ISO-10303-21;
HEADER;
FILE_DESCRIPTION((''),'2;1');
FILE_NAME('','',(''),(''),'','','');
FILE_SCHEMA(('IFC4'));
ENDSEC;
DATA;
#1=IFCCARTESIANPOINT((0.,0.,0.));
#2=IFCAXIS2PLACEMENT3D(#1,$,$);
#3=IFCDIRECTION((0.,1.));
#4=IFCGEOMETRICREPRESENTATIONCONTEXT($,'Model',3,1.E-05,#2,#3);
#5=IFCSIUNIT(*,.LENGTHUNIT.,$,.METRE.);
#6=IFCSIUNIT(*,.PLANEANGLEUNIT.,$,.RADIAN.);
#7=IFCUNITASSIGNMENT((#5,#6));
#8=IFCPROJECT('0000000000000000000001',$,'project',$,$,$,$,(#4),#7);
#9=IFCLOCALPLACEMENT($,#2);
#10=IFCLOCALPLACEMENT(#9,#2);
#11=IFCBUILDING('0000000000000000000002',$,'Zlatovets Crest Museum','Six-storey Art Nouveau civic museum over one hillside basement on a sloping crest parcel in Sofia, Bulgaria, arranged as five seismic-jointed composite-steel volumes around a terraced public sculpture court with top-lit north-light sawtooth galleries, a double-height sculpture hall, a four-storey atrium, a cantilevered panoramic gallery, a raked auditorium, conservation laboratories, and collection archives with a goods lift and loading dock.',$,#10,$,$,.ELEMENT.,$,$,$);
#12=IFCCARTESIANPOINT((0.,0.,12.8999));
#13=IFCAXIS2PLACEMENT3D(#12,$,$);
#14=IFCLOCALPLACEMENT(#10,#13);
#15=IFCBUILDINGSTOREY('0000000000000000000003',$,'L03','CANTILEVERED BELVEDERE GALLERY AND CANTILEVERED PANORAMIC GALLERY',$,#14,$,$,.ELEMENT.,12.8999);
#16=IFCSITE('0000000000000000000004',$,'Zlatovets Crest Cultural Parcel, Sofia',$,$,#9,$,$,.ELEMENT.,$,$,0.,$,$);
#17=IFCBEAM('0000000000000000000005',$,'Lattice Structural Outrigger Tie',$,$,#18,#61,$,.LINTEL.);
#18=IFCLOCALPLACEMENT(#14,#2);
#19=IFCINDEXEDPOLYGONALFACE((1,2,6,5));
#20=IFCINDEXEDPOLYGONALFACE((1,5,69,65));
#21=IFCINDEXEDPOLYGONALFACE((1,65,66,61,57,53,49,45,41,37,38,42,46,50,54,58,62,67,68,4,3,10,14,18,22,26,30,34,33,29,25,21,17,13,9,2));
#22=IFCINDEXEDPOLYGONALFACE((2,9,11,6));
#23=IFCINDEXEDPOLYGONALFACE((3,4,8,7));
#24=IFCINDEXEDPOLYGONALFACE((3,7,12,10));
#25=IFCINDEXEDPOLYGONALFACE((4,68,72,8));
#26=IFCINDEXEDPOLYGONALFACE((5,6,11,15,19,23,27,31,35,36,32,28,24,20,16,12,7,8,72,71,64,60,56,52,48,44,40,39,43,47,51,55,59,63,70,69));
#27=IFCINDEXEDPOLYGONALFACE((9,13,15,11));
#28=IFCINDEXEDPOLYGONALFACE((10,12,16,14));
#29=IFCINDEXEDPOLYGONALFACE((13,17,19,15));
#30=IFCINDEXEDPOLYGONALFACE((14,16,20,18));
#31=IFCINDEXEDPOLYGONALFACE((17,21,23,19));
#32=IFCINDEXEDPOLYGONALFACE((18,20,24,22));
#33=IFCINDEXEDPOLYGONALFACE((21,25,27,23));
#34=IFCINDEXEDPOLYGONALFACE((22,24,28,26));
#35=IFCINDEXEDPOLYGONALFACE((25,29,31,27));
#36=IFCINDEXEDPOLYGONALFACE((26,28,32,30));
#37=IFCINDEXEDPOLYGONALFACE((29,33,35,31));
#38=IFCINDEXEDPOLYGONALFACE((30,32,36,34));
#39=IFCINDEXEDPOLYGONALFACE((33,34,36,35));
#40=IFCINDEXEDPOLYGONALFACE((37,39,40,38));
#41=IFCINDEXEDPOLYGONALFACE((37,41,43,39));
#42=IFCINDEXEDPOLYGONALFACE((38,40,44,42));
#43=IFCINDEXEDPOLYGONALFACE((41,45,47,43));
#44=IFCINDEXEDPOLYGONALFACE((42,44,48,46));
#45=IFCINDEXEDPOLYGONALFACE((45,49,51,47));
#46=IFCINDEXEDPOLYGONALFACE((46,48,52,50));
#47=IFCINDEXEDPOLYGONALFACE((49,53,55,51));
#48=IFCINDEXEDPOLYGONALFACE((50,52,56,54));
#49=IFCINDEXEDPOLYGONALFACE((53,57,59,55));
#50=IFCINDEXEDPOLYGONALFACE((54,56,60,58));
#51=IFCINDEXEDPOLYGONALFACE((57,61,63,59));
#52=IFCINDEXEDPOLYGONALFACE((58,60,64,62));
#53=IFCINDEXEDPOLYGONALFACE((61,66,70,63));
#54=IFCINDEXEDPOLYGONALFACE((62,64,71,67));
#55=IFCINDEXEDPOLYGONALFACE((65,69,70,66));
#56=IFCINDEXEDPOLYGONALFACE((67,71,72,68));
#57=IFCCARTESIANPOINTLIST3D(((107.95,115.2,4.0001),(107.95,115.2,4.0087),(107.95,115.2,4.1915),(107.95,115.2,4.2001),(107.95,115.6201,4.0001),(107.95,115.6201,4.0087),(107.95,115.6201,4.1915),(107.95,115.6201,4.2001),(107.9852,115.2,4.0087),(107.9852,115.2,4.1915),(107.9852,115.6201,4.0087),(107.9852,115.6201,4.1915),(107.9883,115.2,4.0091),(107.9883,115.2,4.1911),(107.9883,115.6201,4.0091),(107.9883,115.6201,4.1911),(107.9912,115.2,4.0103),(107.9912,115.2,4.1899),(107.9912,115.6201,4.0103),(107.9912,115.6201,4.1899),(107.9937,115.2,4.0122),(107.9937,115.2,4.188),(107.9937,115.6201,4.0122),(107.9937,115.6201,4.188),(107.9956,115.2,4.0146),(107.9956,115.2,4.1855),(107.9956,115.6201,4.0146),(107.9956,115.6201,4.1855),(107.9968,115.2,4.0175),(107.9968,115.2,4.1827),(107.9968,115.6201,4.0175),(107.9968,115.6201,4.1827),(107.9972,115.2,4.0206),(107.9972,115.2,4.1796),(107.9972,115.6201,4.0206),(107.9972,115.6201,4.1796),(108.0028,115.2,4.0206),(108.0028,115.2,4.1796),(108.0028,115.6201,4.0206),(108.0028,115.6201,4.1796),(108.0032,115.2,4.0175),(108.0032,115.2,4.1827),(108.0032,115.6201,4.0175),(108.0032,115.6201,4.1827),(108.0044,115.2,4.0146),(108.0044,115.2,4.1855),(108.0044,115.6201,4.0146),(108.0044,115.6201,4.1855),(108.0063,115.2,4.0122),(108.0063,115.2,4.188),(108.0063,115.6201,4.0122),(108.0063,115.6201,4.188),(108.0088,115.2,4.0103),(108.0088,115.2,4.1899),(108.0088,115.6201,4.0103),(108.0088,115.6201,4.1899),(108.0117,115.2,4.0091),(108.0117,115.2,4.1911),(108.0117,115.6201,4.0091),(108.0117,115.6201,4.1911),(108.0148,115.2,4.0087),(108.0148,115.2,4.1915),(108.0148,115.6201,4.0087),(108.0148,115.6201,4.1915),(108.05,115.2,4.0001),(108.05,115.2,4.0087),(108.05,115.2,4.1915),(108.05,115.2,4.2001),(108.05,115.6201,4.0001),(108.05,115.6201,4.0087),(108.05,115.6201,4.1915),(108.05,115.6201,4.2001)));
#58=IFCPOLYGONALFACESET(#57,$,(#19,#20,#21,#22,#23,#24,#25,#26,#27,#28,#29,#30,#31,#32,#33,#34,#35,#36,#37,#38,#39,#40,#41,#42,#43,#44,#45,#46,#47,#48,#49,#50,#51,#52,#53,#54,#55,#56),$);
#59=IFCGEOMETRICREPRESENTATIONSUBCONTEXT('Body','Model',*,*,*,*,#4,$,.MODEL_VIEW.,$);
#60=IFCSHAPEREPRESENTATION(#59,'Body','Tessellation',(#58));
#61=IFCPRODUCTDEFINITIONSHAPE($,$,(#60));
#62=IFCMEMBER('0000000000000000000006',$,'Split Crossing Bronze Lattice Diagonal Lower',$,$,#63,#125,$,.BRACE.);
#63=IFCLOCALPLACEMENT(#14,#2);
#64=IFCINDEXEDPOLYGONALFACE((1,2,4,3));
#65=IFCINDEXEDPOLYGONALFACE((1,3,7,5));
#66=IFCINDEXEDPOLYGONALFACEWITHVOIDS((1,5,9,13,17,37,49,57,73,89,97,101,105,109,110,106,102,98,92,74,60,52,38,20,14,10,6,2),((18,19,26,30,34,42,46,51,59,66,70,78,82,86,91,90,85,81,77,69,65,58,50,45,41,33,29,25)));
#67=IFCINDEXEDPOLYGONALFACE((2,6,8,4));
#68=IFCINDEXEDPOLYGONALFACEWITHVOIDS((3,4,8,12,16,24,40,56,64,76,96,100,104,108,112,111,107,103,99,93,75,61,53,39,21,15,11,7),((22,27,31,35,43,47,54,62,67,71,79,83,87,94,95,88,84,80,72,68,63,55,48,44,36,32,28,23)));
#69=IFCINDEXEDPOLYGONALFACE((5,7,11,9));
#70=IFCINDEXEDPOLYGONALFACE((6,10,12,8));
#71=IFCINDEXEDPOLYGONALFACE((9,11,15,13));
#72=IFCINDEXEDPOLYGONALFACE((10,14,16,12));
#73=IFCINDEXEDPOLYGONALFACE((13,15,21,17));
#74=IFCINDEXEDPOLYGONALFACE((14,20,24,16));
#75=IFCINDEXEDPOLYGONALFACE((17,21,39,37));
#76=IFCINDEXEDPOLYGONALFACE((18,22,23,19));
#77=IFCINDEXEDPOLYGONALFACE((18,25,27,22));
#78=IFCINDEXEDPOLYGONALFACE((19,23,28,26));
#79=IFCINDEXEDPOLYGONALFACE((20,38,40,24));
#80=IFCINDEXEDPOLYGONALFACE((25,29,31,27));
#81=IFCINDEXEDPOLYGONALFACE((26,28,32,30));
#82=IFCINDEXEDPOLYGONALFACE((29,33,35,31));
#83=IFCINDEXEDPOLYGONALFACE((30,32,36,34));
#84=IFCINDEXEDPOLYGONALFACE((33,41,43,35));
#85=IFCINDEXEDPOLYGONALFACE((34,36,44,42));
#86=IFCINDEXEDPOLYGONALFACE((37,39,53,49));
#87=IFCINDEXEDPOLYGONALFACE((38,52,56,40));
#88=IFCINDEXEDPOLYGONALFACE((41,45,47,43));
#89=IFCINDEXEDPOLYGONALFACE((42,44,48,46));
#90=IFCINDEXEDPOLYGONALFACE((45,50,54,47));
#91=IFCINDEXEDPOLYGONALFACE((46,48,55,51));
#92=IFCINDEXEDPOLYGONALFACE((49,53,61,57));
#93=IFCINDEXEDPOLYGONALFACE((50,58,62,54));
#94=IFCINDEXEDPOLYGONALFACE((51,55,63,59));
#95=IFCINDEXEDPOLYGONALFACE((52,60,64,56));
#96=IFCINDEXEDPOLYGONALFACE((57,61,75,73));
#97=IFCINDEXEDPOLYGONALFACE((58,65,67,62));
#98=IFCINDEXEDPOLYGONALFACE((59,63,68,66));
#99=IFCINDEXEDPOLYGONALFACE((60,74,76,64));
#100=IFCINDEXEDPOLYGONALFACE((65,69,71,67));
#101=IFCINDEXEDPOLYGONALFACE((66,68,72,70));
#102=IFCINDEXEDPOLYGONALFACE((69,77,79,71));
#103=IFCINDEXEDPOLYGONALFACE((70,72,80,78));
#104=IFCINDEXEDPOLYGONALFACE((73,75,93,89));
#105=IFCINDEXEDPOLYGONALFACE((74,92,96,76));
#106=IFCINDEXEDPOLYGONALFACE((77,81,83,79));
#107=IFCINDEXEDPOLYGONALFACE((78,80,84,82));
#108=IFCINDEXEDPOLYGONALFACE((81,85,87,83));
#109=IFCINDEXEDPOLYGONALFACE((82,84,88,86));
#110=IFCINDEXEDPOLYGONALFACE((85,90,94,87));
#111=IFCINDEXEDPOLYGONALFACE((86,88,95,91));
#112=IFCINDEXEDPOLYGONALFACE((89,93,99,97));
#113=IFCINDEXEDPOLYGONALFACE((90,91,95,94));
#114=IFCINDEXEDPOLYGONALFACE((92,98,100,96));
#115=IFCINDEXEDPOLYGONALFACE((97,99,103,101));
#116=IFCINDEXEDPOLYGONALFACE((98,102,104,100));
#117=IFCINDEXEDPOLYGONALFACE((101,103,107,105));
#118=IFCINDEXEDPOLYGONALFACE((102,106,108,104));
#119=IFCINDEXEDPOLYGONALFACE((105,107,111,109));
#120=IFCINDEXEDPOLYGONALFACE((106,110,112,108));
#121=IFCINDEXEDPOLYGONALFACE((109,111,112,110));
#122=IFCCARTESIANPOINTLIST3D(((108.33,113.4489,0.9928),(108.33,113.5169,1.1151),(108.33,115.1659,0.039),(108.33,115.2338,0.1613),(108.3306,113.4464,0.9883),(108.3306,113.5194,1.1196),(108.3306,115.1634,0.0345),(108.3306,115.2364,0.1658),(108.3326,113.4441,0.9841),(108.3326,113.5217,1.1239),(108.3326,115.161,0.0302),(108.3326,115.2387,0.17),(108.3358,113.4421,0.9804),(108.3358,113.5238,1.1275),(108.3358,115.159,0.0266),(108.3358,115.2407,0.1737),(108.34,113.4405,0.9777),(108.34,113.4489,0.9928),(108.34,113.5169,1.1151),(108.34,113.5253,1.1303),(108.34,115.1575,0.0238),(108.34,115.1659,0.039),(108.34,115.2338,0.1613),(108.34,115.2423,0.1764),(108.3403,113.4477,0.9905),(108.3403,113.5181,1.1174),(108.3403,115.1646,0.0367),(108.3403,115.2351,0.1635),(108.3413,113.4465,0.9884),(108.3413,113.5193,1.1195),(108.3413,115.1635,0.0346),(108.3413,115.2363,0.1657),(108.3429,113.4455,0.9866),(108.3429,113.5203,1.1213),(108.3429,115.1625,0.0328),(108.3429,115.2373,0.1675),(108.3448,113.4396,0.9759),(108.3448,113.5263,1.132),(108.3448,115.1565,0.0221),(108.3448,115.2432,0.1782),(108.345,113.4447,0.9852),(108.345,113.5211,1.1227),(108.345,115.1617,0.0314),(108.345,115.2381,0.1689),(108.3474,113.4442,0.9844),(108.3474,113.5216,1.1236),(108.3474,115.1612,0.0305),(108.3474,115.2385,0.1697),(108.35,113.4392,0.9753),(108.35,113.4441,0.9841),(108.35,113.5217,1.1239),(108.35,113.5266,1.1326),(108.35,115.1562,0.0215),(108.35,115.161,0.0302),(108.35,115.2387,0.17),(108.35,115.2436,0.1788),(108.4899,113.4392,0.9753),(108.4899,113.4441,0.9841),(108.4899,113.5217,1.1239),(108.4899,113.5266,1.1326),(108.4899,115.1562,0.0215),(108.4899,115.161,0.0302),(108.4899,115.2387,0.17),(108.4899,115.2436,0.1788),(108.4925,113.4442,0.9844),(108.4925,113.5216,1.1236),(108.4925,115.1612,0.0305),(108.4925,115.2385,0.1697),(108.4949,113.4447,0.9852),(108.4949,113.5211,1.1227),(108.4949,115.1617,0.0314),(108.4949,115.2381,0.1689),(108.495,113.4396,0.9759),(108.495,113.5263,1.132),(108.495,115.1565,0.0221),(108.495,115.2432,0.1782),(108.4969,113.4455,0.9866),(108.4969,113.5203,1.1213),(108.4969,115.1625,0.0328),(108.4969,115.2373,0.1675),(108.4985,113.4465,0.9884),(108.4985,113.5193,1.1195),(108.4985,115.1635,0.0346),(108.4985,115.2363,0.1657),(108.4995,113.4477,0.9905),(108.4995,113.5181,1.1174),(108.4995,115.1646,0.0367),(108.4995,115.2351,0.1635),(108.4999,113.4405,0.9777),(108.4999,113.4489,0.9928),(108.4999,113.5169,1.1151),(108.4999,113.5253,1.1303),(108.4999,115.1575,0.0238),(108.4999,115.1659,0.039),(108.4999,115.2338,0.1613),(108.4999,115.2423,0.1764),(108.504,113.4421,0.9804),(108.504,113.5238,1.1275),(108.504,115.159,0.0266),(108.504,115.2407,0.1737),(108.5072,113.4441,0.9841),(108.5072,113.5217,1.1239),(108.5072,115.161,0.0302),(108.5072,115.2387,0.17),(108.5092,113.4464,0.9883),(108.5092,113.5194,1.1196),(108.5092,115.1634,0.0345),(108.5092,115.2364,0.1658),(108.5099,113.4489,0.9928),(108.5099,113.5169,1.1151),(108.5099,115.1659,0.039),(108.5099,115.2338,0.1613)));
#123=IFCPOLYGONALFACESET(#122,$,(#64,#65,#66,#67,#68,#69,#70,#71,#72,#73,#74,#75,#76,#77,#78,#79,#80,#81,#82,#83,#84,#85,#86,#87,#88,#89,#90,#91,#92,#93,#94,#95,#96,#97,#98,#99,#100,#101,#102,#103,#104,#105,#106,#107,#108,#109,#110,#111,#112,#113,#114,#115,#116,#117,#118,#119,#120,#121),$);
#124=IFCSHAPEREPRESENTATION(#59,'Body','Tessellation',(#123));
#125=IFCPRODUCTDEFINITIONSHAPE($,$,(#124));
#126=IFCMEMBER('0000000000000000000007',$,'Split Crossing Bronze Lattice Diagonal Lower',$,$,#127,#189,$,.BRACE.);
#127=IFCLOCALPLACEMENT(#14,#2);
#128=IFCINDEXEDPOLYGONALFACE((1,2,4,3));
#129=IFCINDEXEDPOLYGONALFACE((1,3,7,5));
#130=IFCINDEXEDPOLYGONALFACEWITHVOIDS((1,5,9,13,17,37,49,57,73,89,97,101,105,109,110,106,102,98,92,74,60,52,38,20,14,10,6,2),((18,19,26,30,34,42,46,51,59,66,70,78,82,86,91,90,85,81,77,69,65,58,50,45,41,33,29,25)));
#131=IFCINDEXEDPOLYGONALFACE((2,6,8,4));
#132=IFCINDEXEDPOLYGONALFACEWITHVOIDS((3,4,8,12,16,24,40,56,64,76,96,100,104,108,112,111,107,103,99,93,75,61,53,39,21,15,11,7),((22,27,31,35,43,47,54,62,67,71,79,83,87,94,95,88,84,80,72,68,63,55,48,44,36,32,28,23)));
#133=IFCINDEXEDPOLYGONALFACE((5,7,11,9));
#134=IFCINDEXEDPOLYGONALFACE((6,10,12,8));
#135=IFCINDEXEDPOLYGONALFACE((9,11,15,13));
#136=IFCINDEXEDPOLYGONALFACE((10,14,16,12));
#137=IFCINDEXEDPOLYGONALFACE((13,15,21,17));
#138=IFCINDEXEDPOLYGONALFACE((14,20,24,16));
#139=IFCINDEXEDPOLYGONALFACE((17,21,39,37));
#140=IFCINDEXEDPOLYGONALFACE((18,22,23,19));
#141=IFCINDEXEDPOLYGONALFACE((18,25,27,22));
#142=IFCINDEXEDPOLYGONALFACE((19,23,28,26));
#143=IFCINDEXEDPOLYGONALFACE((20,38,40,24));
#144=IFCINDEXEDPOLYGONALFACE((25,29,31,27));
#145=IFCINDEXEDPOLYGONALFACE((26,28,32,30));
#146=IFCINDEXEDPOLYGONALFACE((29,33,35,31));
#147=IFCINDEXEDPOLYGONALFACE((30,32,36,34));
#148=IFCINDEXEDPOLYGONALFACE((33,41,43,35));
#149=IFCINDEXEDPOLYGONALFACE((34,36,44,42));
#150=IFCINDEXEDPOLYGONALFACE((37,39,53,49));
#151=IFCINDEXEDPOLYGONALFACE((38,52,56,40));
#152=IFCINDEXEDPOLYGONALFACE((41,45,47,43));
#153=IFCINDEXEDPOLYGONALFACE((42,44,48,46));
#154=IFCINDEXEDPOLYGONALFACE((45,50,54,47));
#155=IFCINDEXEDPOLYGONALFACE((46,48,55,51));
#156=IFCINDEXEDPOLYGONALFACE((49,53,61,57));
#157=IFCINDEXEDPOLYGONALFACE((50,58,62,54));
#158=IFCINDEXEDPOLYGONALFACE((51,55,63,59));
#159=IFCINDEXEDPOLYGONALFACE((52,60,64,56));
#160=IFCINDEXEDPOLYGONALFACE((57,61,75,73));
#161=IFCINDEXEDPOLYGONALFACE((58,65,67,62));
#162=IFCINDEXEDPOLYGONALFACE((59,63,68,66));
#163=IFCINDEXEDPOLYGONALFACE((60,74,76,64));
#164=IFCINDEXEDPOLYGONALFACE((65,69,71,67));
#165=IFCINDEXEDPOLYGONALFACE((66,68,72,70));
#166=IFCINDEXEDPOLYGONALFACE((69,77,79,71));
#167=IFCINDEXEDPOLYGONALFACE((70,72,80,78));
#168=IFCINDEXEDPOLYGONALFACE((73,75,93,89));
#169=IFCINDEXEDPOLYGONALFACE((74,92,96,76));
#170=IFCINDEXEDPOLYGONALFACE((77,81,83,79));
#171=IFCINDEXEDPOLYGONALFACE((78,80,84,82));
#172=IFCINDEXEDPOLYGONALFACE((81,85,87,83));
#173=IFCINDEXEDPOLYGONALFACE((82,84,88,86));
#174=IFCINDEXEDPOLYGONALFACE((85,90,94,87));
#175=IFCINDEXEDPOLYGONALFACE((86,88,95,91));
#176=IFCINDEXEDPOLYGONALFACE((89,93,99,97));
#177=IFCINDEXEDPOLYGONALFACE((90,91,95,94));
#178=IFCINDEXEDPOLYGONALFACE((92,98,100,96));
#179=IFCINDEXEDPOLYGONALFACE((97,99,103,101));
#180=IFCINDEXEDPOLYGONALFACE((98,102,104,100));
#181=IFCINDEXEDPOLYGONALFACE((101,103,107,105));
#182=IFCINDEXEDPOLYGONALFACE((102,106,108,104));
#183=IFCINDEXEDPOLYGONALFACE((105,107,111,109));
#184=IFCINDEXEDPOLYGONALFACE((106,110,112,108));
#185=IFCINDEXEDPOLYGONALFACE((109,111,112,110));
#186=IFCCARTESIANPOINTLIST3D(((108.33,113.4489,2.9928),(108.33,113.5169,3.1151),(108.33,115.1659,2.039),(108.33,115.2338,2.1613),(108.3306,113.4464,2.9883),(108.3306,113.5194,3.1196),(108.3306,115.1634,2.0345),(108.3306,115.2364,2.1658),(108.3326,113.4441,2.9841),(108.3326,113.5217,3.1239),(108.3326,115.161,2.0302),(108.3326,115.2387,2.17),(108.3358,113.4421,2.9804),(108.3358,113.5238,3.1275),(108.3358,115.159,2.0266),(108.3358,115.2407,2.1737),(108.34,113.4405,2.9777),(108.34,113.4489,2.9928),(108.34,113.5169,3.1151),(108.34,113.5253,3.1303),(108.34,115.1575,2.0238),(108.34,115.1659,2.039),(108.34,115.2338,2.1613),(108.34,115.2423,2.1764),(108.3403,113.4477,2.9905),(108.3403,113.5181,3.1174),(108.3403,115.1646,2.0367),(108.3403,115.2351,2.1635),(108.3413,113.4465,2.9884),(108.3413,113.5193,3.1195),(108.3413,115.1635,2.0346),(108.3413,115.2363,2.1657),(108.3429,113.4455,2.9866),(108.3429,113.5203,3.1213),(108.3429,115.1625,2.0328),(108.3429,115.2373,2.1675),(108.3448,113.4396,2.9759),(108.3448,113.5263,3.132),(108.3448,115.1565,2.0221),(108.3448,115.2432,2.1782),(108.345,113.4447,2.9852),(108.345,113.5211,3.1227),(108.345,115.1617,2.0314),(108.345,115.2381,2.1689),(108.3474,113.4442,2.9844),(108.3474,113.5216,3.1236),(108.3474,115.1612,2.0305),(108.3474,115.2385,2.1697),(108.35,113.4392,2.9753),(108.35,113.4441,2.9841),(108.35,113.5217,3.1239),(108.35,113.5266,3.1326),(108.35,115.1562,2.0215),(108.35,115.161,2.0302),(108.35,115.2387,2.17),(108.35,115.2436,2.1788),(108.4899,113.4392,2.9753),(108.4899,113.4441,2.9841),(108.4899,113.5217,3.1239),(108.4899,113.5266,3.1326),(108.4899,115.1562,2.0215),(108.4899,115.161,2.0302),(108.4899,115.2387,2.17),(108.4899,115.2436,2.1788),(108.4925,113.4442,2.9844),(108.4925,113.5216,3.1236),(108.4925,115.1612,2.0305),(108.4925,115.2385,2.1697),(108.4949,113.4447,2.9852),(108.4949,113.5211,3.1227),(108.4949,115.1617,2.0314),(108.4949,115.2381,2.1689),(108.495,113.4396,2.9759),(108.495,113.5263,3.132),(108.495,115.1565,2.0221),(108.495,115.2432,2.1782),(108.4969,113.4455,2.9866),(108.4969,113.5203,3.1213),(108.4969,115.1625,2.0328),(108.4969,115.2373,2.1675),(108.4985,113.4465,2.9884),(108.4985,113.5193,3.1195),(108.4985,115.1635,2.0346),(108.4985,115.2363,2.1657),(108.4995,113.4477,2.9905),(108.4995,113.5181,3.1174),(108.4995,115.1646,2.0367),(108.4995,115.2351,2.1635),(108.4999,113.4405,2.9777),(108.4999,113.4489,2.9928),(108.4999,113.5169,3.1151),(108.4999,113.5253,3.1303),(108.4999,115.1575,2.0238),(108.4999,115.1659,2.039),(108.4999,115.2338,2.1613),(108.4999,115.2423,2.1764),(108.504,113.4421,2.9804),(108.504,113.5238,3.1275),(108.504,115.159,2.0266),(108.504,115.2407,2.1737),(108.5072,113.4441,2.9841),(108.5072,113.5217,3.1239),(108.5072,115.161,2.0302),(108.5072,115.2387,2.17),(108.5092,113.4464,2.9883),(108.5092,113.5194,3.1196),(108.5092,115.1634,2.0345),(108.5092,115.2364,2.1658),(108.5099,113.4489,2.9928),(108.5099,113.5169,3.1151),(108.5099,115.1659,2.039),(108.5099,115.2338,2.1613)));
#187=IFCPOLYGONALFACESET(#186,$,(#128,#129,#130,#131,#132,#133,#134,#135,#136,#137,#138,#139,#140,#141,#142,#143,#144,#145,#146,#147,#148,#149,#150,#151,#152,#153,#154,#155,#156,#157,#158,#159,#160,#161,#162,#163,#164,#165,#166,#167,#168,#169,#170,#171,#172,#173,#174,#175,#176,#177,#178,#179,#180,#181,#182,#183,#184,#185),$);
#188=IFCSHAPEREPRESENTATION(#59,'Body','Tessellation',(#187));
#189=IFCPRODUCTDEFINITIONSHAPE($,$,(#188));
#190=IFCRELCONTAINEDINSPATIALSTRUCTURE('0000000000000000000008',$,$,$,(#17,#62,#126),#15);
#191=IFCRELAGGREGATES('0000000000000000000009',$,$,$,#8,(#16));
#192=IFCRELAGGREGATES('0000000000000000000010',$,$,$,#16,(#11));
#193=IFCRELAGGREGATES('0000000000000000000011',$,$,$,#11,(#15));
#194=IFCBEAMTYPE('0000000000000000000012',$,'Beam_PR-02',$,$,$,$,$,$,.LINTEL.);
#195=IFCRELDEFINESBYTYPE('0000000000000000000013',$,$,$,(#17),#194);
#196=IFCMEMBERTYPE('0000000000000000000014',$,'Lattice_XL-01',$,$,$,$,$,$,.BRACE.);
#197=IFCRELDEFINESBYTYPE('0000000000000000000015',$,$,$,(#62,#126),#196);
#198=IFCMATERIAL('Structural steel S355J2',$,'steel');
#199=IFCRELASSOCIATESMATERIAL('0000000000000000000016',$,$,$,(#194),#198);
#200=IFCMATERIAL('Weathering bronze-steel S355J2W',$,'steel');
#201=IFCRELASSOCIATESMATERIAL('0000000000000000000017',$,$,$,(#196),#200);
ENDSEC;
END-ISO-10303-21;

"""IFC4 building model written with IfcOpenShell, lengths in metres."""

from ifc_helpers import new_model, si_unit, direction, frame, origin, origin_2d, place, context, subcontext, project, spatial, hollow_rectangle, i_section, extrude, material, material_profile, profile_set, type_object, element, save


model = new_model("IFC4")

# Units and contexts
model_context = context("Model", 3, precision=1e-05, world=origin(), true_north=direction((0.0, 1.0)))
body_context = subcontext(model_context, "Body", "Model", "MODEL_VIEW")
ifc_project = project(units=[si_unit("LENGTHUNIT", "METRE"), si_unit("PLANEANGLEUNIT", "RADIAN")], contexts=[model_context])

# Site, building, storey
site_placement = place(None, origin())
site = spatial("IfcSite", under=ifc_project, at=site_placement, Name="Zlatovets Crest Cultural Parcel, Sofia", CompositionType="ELEMENT", RefElevation=0.0)
building_placement = place(site_placement, origin())
building = spatial("IfcBuilding", under=site, at=building_placement, Name="Zlatovets Crest Museum", Description="Six-storey Art Nouveau civic museum over one hillside basement on a sloping crest parcel in Sofia, Bulgaria, arranged as five seismic-jointed composite-steel volumes around a terraced public sculpture court with top-lit north-light sawtooth galleries, a double-height sculpture hall, a four-storey atrium, a cantilevered panoramic gallery, a raked auditorium, conservation laboratories, and collection archives with a goods lift and loading dock.", CompositionType="ELEMENT")
storey_placement = place(building_placement, frame((0.0, 0.0, 12.8999)))
storey = spatial("IfcBuildingStorey", under=building, at=storey_placement, Name="L03", Description="CANTILEVERED BELVEDERE GALLERY AND CANTILEVERED PANORAMIC GALLERY", CompositionType="ELEMENT", Elevation=12.8999)

# Shared definitions
ifc_material_1 = material(Name="Structural steel S355J2", Category="steel")

# Beam
ifc_material_profile_1 = material_profile(ifc_material_1, i_section(OverallWidth=0.1001, OverallDepth=0.2, WebThickness=0.0056, FlangeThickness=0.0085, FilletRadius=0.012, at=origin_2d()), Name="IPE 200")
ifc_profile_set_1 = profile_set([ifc_material_profile_1], Name="Structural steel S355J2")
beam_type = type_object("IfcBeamType", Name="Beam_PR-02", PredefinedType="LINTEL", material=ifc_profile_set_1)
for number, where, z_axis, x_axis, name in (
    (1, (108.0, 115.2, 4.1001), (0.0, 1.0, 0.0), (-1.0, 0.0, 0.0), "Lattice Structural Outrigger Tie"),
):
    element("IfcBeam", number, at=place(storey_placement, frame(where, z_axis=z_axis, x_axis=x_axis)), inside=storey, type_object=beam_type, Name=name, PredefinedType="LINTEL", context=body_context, shape_type="SweptSolid", body=[
        extrude(i_section(OverallWidth=0.1001, OverallDepth=0.2, WebThickness=0.0056, FlangeThickness=0.0085, FilletRadius=0.012, at=origin_2d()), origin(), (0.0, 0.0, 1.0), 0.4202),
    ])

# Members
ifc_material_2 = material(Name="Weathering bronze-steel S355J2W", Category="steel")
ifc_material_profile_2 = material_profile(ifc_material_2, hollow_rectangle(XDim=0.1799, YDim=0.1799, WallThickness=0.01, InnerFilletRadius=0.01, OuterFilletRadius=0.02, at=origin_2d()), Name="SHS 180x180x10.0")
ifc_profile_set_2 = profile_set([ifc_material_profile_2], Name="Weathering bronze-steel S355J2W")
member_type_1 = type_object("IfcMemberType", Name="Lattice_XL-01", PredefinedType="BRACE", material=ifc_profile_set_2)
for number, where, z_axis, x_axis, name in (
    (2, (108.4199, 113.4829, 1.054), (0.0, 0.874169, -0.485622), (-1.0, 0.0, 0.0), "Split Crossing Bronze Lattice Diagonal Lower"),
    (3, (108.4199, 113.4829, 3.054), (0.0, 0.874169, -0.485622), (-1.0, 0.0, 0.0), "Split Crossing Bronze Lattice Diagonal Lower"),
):
    element("IfcMember", number, at=place(storey_placement, frame(where, z_axis=z_axis, x_axis=x_axis)), inside=storey, type_object=member_type_1, Name=name, PredefinedType="BRACE", context=body_context, shape_type="SweptSolid", body=[
        extrude(hollow_rectangle(XDim=0.1799, YDim=0.1799, WallThickness=0.01, InnerFilletRadius=0.01, OuterFilletRadius=0.02, at=origin_2d()), origin(), (0.0, 0.0, 1.0), 1.9641),
    ])

save(model, "model.ifc")
